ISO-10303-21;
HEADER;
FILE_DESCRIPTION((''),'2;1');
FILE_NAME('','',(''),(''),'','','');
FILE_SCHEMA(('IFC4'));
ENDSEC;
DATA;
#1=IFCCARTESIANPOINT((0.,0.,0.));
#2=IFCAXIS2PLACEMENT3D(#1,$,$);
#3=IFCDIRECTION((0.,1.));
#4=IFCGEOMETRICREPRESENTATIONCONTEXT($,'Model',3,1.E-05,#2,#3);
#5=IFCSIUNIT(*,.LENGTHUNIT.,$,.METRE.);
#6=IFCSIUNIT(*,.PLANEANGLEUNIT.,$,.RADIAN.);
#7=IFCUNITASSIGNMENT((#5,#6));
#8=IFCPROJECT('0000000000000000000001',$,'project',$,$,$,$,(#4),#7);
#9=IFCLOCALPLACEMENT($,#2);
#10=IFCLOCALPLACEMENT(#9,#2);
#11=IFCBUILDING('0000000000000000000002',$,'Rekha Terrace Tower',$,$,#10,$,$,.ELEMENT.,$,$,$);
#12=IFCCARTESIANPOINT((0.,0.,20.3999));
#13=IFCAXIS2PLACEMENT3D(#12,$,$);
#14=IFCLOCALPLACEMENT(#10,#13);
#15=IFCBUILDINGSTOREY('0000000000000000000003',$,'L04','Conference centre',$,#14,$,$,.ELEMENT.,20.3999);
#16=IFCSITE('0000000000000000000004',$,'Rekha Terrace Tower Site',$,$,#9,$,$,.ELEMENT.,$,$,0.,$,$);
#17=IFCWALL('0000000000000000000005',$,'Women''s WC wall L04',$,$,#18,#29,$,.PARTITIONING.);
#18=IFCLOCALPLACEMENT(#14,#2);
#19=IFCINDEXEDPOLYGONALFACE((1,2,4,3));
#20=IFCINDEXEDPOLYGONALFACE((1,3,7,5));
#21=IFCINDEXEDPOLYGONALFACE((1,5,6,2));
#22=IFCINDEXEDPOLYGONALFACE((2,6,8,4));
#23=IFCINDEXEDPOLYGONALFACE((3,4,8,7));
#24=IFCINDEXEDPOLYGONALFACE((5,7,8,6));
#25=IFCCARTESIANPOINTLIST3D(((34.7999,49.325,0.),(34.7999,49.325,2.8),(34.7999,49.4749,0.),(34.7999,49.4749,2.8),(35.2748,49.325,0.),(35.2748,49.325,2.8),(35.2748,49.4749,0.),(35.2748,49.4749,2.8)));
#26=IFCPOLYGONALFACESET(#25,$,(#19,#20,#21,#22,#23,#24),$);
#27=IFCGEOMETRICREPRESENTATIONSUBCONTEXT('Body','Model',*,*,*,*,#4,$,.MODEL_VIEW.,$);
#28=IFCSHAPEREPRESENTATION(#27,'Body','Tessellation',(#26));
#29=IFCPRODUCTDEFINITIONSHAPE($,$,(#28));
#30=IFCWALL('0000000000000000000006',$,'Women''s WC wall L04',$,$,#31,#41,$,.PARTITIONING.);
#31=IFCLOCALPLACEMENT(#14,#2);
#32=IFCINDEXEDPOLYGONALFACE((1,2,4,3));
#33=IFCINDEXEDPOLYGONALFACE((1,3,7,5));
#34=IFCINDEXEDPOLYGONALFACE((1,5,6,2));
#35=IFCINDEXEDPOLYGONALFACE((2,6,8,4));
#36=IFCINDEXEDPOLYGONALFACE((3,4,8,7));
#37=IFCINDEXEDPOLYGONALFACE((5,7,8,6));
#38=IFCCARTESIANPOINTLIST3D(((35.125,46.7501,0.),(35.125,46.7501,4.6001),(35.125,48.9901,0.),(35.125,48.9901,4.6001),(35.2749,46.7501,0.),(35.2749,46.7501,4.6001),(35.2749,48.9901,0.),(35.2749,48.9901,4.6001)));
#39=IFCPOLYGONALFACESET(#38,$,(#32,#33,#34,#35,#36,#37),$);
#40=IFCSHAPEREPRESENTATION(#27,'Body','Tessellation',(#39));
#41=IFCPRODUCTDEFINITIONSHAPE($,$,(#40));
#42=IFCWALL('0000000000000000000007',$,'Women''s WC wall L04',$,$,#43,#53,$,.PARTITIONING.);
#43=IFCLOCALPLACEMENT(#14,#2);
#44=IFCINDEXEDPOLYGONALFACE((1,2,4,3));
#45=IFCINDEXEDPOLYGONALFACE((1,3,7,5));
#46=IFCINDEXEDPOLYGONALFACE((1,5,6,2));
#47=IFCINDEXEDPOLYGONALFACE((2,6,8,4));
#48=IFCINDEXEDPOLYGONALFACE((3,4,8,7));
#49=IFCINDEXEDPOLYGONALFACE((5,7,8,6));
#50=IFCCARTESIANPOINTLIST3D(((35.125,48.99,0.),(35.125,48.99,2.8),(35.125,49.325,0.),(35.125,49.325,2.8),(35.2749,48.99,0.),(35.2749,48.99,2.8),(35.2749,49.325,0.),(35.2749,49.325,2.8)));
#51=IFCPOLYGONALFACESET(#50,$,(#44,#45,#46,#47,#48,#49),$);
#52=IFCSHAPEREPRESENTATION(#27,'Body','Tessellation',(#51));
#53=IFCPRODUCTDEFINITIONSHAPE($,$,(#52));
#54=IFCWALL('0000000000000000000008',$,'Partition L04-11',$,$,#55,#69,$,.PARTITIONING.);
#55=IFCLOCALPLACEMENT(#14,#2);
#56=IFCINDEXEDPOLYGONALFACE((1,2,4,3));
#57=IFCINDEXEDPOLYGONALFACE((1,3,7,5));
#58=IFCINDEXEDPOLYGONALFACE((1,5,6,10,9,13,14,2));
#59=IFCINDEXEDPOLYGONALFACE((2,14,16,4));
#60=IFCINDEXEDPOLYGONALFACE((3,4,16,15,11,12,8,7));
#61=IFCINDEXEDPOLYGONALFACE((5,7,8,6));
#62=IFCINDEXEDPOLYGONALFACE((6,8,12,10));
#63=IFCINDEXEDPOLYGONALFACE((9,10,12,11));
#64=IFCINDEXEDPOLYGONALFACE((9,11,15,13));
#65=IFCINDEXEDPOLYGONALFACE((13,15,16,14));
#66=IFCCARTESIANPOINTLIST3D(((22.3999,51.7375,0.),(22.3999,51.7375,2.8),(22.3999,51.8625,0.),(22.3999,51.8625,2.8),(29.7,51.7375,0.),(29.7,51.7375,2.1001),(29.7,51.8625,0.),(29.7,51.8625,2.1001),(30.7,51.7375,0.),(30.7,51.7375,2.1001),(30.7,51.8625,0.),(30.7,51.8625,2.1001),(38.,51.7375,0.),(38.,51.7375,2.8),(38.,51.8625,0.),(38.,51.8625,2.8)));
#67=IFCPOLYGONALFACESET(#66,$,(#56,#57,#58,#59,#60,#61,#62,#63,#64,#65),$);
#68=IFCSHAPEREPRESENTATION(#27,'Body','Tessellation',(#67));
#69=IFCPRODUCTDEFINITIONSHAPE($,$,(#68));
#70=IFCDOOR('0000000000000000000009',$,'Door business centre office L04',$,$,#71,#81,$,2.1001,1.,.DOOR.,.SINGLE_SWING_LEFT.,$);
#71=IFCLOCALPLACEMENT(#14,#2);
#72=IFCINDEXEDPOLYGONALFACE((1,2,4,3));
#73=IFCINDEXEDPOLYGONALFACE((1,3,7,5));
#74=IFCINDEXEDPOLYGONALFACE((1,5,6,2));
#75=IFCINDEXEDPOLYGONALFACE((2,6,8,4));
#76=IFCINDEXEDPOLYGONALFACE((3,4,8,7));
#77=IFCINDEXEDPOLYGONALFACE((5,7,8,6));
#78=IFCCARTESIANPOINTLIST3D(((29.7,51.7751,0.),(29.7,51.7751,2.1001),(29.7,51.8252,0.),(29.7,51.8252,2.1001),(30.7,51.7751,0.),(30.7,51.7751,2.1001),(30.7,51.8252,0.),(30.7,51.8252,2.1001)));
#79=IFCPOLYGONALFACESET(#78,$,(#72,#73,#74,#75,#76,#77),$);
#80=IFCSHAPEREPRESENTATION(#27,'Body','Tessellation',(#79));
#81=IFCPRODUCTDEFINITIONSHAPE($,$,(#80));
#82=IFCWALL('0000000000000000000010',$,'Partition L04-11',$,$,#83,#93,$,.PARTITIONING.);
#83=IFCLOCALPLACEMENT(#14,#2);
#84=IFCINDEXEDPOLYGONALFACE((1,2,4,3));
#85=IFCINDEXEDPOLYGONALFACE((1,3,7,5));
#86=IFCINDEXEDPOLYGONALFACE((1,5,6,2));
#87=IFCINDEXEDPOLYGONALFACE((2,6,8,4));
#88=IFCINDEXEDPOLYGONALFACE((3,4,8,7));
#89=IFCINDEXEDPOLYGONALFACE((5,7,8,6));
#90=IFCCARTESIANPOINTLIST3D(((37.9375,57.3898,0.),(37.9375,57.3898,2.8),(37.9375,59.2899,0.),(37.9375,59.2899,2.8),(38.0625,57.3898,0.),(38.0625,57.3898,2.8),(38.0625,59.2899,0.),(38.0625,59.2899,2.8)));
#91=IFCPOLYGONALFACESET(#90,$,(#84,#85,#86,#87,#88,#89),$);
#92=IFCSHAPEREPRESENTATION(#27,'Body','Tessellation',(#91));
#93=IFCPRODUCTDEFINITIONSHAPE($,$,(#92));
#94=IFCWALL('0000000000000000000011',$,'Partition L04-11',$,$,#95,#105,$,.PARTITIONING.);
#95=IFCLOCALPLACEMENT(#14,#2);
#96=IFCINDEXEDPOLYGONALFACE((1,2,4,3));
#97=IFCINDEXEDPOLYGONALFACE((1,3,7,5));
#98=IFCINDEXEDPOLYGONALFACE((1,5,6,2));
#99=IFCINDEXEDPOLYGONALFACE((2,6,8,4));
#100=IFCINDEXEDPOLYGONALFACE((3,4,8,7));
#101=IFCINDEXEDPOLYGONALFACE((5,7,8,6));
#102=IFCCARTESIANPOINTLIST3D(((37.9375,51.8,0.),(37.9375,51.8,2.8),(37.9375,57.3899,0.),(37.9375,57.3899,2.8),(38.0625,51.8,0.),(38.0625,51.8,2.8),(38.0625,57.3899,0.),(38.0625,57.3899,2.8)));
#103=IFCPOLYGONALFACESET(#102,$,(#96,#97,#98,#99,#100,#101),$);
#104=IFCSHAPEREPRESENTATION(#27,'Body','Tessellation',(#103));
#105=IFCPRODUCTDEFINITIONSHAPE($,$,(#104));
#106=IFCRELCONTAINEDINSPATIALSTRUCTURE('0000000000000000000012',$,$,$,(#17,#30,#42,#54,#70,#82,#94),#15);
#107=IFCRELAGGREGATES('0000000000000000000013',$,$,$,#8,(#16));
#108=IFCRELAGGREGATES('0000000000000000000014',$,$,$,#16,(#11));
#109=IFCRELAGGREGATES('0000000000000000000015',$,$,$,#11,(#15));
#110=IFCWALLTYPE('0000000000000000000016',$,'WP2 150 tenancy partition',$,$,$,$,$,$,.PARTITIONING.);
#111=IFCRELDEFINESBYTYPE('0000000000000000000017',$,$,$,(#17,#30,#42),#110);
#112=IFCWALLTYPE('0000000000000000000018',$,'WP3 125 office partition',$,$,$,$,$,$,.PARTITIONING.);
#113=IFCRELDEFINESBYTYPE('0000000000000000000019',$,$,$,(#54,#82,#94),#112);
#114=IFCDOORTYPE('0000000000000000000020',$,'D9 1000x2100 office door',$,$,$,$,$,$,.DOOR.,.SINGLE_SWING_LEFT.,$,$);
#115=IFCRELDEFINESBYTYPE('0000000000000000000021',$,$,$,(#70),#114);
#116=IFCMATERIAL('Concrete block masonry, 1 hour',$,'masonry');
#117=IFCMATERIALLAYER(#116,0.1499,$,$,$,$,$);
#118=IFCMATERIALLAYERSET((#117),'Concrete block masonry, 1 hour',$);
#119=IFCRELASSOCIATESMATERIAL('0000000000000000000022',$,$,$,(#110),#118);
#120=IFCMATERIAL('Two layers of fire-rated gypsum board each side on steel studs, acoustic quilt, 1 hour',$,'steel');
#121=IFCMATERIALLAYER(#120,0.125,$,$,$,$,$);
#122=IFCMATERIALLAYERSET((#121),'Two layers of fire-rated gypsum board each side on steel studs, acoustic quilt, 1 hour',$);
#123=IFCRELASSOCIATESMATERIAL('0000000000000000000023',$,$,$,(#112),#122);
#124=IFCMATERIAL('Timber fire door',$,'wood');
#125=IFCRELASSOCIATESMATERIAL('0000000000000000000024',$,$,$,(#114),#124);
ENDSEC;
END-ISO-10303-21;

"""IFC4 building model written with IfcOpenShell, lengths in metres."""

from ifc_helpers import new_model, si_unit, direction, frame, frame_2d, origin, place, context, subcontext, project, spatial, rectangle, extrude, material, layer, layer_set, type_object, element, fill, save


model = new_model("IFC4")

# Units and contexts
model_context = context("Model", 3, precision=1e-05, world=origin(), true_north=direction((0.0, 1.0)))
body_context = subcontext(model_context, "Body", "Model", "MODEL_VIEW")
ifc_project = project(units=[si_unit("LENGTHUNIT", "METRE"), si_unit("PLANEANGLEUNIT", "RADIAN")], contexts=[model_context])

# Site, building, storey
site_placement = place(None, origin())
site = spatial("IfcSite", under=ifc_project, at=site_placement, Name="Rekha Terrace Tower Site", CompositionType="ELEMENT", RefElevation=0.0)
building_placement = place(site_placement, origin())
building = spatial("IfcBuilding", under=site, at=building_placement, Name="Rekha Terrace Tower", CompositionType="ELEMENT")
storey_placement = place(building_placement, frame((0.0, 0.0, 20.3999)))
storey = spatial("IfcBuildingStorey", under=building, at=storey_placement, Name="L04", Description="Conference centre", CompositionType="ELEMENT", Elevation=20.3999)

# Walls
ifc_material_1 = material(Name="Concrete block masonry, 1 hour", Category="masonry")
ifc_layer_1 = layer(ifc_material_1, 0.1499)
ifc_layer_set_1 = layer_set([ifc_layer_1], Name="Concrete block masonry, 1 hour")
wall_type_1 = type_object("IfcWallType", Name="WP2 150 tenancy partition", PredefinedType="PARTITIONING", material=ifc_layer_set_1)
wall_1_placement = place(storey_placement, frame((34.8, 49.3999, 0.0), z_axis=(0.0, 0.0, 1.0), x_axis=(1.0, 0.0, 0.0)))
element("IfcWall", 1, at=wall_1_placement, inside=storey, type_object=wall_type_1, Name="Women's WC wall L04", PredefinedType="PARTITIONING", context=body_context, shape_type="SweptSolid", body=[
    extrude(rectangle(XDim=0.4749, YDim=0.1499, at=frame_2d((0.2373, 0.0))), origin(), (0.0, 0.0, 1.0), 2.8),
])
wall_2_placement = place(storey_placement, frame((35.2, 46.75, 0.0), z_axis=(0.0, 0.0, 1.0), x_axis=(0.0, 1.0, 0.0)))
element("IfcWall", 2, at=wall_2_placement, inside=storey, type_object=wall_type_1, Name="Women's WC wall L04", PredefinedType="PARTITIONING", context=body_context, shape_type="SweptSolid", body=[
    extrude(rectangle(XDim=2.24, YDim=0.1499, at=frame_2d((1.1201, 0.0))), origin(), (0.0, 0.0, 1.0), 4.6001),
])
wall_3_placement = place(storey_placement, frame((35.2, 48.99, 0.0), z_axis=(0.0, 0.0, 1.0), x_axis=(0.0, 1.0, 0.0)))
element("IfcWall", 3, at=wall_3_placement, inside=storey, type_object=wall_type_1, Name="Women's WC wall L04", PredefinedType="PARTITIONING", context=body_context, shape_type="SweptSolid", body=[
    extrude(rectangle(XDim=0.335, YDim=0.1499, at=frame_2d((0.1675, 0.0))), origin(), (0.0, 0.0, 1.0), 2.8),
])

# Wall, opening, door
ifc_material_2 = material(Name="Two layers of fire-rated gypsum board each side on steel studs, acoustic quilt, 1 hour", Category="steel")
ifc_layer_2 = layer(ifc_material_2, 0.125)
ifc_layer_set_2 = layer_set([ifc_layer_2], Name="Two layers of fire-rated gypsum board each side on steel studs, acoustic quilt, 1 hour")
wall_type_2 = type_object("IfcWallType", Name="WP3 125 office partition", PredefinedType="PARTITIONING", material=ifc_layer_set_2)
wall_4_placement = place(storey_placement, frame((38.0, 51.8, 0.0), z_axis=(0.0, 0.0, 1.0), x_axis=(-1.0, 0.0, 0.0)))
wall_4 = element("IfcWall", 4, at=wall_4_placement, inside=storey, type_object=wall_type_2, Name="Partition L04-11", PredefinedType="PARTITIONING", context=body_context, shape_type="SweptSolid", body=[
    extrude(rectangle(XDim=15.6001, YDim=0.125, at=frame_2d((7.8, 0.0))), origin(), (0.0, 0.0, 1.0), 2.8),
])
opening_placement = place(wall_4_placement, frame((7.3, 0.0, 0.0)))
opening = element("IfcOpeningElement", 5, at=opening_placement, cuts=wall_4, PredefinedType="OPENING", context=body_context, shape_type="SweptSolid", body=[
    extrude(rectangle(XDim=1.0, YDim=2.1001, at=frame_2d((0.5, 1.05))), frame((0.0, 0.0725, 0.0), z_axis=(0.0, -1.0, 0.0), x_axis=(1.0, 0.0, 0.0)), (0.0, 0.0, 1.0), 0.145),
])
ifc_material_3 = material(Name="Timber fire door", Category="wood")
door_type = type_object("IfcDoorType", Name="D9 1000x2100 office door", OperationType="SINGLE_SWING_LEFT", PredefinedType="DOOR", material=ifc_material_3)
door_placement = place(opening_placement, origin())
door = element("IfcDoor", 6, at=door_placement, inside=storey, type_object=door_type, Name="Door business centre office L04", OperationType="SINGLE_SWING_LEFT", OverallHeight=2.1001, OverallWidth=1.0, PredefinedType="DOOR", context=body_context, shape_type="SweptSolid", body=[
    extrude(rectangle(XDim=1.0, YDim=2.1001, at=frame_2d((0.5, 1.05))), frame((0.0, 0.0249, 0.0), z_axis=(0.0, -1.0, 0.0), x_axis=(1.0, 0.0, 0.0)), (0.0, 0.0, 1.0), 0.05),
])
fill(opening, door)

# Walls
wall_5_placement = place(storey_placement, frame((38.0, 59.29, 0.0), z_axis=(0.0, 0.0, 1.0), x_axis=(0.0, -1.0, 0.0)))
element("IfcWall", 7, at=wall_5_placement, inside=storey, type_object=wall_type_2, Name="Partition L04-11", PredefinedType="PARTITIONING", context=body_context, shape_type="SweptSolid", body=[
    extrude(rectangle(XDim=1.9001, YDim=0.125, at=frame_2d((0.9502, 0.0))), origin(), (0.0, 0.0, 1.0), 2.8),
])
wall_6_placement = place(storey_placement, frame((38.0, 57.3899, 0.0), z_axis=(0.0, 0.0, 1.0), x_axis=(0.0, -1.0, 0.0)))
element("IfcWall", 8, at=wall_6_placement, inside=storey, type_object=wall_type_2, Name="Partition L04-11", PredefinedType="PARTITIONING", context=body_context, shape_type="SweptSolid", body=[
    extrude(rectangle(XDim=5.5898, YDim=0.125, at=frame_2d((2.7949, 0.0))), origin(), (0.0, 0.0, 1.0), 2.8),
])

save(model, "model.ifc")
